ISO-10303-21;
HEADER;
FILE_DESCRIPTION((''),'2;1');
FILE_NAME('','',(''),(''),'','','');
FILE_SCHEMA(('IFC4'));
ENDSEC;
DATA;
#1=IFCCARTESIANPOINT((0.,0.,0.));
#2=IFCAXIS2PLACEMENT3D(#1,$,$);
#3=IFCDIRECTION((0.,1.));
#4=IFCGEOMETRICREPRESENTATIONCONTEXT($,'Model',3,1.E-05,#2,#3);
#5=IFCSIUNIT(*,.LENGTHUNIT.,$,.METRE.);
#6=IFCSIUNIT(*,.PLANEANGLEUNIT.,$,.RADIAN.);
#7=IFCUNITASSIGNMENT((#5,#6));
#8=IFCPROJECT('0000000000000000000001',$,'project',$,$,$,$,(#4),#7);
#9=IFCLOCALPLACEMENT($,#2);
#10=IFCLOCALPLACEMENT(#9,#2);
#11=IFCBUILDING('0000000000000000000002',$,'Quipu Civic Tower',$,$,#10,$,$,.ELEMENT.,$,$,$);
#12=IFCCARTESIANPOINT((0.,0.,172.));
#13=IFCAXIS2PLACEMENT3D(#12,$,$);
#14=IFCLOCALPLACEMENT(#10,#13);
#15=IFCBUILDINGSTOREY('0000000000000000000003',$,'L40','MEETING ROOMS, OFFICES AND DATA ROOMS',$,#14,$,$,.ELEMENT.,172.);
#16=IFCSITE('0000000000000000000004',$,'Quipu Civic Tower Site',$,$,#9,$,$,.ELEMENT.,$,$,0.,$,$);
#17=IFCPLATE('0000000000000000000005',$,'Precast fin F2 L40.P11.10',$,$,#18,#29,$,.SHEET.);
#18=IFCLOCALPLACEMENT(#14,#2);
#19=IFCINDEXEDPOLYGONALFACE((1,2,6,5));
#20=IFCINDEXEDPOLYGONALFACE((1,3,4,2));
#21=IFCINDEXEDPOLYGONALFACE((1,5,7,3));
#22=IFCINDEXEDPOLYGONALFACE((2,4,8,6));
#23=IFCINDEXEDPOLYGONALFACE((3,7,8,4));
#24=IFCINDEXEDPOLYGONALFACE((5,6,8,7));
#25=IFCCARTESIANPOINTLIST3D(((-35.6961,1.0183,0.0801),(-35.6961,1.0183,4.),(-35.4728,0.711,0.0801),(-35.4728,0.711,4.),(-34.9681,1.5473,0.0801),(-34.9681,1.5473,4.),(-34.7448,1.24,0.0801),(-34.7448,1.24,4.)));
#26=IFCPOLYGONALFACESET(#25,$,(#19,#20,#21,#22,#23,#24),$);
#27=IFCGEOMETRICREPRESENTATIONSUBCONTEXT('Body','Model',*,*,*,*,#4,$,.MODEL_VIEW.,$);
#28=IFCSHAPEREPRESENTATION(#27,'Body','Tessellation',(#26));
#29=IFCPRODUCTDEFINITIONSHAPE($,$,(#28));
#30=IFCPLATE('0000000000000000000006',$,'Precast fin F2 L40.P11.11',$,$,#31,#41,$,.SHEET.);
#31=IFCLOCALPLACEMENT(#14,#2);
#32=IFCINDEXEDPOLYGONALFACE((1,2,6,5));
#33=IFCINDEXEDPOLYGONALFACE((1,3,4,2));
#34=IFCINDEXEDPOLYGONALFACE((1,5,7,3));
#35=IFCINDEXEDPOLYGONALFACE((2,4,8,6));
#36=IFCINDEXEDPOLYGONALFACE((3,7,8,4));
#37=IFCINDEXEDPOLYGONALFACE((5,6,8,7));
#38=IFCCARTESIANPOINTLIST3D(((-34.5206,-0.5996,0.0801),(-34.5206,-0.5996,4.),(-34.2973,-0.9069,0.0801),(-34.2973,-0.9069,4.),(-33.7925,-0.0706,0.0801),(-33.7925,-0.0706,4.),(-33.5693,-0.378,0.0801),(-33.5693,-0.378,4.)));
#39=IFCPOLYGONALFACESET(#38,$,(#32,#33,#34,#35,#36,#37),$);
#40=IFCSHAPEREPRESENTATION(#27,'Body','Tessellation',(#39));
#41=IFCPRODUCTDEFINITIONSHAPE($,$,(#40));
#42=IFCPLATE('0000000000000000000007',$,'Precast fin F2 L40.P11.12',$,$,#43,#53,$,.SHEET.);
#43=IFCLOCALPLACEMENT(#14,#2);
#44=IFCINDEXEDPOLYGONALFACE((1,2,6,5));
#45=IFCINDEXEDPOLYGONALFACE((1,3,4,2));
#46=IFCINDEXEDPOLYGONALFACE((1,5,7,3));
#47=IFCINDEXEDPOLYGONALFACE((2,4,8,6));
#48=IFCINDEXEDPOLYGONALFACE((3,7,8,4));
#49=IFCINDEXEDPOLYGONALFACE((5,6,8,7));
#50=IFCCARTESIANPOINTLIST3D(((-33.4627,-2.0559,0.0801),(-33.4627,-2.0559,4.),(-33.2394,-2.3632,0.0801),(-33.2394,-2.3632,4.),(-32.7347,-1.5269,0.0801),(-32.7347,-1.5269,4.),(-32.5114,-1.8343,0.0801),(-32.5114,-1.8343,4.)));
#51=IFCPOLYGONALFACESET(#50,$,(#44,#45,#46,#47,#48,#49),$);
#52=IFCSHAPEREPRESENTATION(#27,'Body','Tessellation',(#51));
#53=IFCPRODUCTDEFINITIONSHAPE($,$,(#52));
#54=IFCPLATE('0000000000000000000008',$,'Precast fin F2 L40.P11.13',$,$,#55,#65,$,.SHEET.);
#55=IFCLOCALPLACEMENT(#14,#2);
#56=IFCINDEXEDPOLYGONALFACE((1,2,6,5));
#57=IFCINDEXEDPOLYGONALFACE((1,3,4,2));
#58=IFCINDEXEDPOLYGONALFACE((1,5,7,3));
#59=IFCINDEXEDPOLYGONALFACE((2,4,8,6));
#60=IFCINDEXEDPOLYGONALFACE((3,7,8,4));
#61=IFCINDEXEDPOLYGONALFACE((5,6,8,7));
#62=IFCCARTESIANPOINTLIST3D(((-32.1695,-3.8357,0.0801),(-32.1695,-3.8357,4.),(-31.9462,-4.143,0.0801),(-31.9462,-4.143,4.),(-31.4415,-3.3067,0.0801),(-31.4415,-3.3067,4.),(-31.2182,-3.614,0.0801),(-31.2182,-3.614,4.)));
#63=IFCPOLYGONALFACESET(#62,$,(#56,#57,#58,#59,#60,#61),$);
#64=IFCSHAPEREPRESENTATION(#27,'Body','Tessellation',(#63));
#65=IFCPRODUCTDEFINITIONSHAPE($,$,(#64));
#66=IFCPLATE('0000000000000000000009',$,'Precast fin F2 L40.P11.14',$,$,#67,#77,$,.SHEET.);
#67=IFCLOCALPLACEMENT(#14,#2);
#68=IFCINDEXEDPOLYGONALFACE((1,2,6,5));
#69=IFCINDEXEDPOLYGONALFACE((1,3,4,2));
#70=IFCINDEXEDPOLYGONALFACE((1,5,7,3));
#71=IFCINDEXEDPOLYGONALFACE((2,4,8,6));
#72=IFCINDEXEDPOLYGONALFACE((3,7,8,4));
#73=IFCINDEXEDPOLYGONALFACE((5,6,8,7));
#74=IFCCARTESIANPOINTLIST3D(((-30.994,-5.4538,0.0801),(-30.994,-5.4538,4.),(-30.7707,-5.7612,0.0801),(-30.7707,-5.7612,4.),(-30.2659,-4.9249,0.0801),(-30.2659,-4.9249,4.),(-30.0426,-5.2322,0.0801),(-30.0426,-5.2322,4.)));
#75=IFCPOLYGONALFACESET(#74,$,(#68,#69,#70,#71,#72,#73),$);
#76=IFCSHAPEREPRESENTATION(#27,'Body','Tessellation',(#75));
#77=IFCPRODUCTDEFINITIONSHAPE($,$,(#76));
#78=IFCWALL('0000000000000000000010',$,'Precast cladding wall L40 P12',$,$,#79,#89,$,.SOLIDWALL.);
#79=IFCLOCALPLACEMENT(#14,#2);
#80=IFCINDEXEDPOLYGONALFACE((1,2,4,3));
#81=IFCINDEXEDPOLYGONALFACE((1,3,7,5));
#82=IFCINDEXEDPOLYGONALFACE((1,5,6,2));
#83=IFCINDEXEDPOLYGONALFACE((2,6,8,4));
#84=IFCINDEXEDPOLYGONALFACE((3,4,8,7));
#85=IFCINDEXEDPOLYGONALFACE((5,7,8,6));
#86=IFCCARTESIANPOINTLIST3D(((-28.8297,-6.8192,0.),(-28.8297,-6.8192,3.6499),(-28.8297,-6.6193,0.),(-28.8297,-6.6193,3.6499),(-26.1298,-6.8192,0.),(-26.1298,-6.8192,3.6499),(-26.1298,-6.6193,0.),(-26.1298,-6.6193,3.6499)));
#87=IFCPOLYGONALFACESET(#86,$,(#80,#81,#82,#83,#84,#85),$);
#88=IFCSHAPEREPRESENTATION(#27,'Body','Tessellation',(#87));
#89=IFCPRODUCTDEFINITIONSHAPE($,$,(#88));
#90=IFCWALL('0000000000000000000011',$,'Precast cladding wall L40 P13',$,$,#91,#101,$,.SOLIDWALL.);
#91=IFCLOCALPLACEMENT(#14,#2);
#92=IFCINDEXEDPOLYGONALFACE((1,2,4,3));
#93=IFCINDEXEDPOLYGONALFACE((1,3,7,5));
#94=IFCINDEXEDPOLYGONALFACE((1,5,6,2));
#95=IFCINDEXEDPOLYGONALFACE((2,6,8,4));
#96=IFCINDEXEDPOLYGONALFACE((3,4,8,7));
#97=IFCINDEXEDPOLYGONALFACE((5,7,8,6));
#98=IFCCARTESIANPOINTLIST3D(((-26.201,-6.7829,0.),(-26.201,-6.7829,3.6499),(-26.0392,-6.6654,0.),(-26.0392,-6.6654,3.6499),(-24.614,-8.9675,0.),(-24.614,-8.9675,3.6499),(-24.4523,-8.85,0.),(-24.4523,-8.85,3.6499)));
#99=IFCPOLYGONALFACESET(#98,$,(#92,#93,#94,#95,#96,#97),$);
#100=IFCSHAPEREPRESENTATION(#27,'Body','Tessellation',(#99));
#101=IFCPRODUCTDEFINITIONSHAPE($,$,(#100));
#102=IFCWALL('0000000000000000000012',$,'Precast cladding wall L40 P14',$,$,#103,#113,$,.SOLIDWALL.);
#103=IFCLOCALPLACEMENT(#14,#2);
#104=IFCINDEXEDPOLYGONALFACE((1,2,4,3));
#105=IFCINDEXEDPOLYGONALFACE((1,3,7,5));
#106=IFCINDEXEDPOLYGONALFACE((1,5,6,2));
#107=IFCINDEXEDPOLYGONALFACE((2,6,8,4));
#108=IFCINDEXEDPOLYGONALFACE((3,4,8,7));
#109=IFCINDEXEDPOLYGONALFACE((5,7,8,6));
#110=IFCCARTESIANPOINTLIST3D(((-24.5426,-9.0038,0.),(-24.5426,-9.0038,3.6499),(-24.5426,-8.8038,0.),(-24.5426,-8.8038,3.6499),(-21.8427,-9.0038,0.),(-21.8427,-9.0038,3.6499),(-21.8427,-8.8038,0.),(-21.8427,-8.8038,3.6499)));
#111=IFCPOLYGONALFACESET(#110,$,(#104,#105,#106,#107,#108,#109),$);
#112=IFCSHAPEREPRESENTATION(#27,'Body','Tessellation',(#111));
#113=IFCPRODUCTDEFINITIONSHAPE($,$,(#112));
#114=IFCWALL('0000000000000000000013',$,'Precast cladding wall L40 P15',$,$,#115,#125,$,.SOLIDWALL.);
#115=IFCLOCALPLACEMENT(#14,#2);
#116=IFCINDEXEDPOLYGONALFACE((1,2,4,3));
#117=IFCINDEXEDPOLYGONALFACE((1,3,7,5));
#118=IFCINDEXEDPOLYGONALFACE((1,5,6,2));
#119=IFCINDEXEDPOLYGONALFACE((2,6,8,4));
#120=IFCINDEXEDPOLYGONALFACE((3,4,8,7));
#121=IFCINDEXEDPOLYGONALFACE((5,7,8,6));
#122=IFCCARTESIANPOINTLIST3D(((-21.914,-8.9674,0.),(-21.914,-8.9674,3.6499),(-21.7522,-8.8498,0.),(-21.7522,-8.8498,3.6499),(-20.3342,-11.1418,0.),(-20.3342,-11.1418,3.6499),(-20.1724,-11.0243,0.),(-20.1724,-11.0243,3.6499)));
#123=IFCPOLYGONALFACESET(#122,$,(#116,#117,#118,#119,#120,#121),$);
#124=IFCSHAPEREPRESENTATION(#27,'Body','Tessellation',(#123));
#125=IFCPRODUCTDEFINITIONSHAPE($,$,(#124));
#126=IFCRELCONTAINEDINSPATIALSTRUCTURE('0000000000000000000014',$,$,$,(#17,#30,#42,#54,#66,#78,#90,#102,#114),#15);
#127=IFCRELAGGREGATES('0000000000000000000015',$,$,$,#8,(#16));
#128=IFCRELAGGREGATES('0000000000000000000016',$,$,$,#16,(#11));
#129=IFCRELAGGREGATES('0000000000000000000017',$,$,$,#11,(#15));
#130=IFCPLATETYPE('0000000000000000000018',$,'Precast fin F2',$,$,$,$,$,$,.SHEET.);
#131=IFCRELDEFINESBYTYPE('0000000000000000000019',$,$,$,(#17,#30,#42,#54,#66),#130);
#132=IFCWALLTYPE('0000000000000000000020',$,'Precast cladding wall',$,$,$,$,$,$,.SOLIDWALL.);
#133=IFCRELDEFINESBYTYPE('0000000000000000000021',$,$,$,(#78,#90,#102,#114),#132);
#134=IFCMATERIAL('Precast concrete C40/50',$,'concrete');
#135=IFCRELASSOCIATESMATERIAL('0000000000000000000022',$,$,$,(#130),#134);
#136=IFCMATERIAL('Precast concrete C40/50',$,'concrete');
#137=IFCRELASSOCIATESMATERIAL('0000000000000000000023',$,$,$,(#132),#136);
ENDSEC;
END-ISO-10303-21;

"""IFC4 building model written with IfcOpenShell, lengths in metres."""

from ifc_helpers import new_model, si_unit, direction, frame, frame_2d, origin, origin_2d, place, context, subcontext, project, spatial, rectangle, extrude, material, type_object, element, save


model = new_model("IFC4")

# Units and contexts
model_context = context("Model", 3, precision=1e-05, world=origin(), true_north=direction((0.0, 1.0)))
body_context = subcontext(model_context, "Body", "Model", "MODEL_VIEW")
ifc_project = project(units=[si_unit("LENGTHUNIT", "METRE"), si_unit("PLANEANGLEUNIT", "RADIAN")], contexts=[model_context])

# Site, building, storey
site_placement = place(None, origin())
site = spatial("IfcSite", under=ifc_project, at=site_placement, Name="Quipu Civic Tower Site", CompositionType="ELEMENT", RefElevation=0.0)
building_placement = place(site_placement, origin())
building = spatial("IfcBuilding", under=site, at=building_placement, Name="Quipu Civic Tower", CompositionType="ELEMENT")
storey_placement = place(building_placement, frame((0.0, 0.0, 172.0)))
storey = spatial("IfcBuildingStorey", under=building, at=storey_placement, Name="L40", Description="MEETING ROOMS, OFFICES AND DATA ROOMS", CompositionType="ELEMENT", Elevation=172.0)

# Plates
ifc_material_1 = material(Name="Precast concrete C40/50", Category="concrete")
plate_type_1 = type_object("IfcPlateType", Name="Precast fin F2", PredefinedType="SHEET", material=ifc_material_1)
for number, where, z_axis, x_axis, name in (
    (1, (-35.2205, 1.1292, 0.0801), (0.0, 0.0, 1.0), (0.587786, -0.809017, 0.0), "Precast fin F2 L40.P11.10"),
    (2, (-34.0449, -0.4888, 0.0801), (0.0, 0.0, 1.0), (0.587786, -0.809017, 0.0), "Precast fin F2 L40.P11.11"),
    (3, (-32.9871, -1.9451, 0.0801), (0.0, 0.0, 1.0), (0.587786, -0.809017, 0.0), "Precast fin F2 L40.P11.12"),
    (4, (-31.6938, -3.7249, 0.0801), (0.0, 0.0, 1.0), (0.587786, -0.809017, 0.0), "Precast fin F2 L40.P11.13"),
    (5, (-30.5183, -5.343, 0.0801), (0.0, 0.0, 1.0), (0.587786, -0.809017, 0.0), "Precast fin F2 L40.P11.14"),
):
    element("IfcPlate", number, at=place(storey_placement, frame(where, z_axis=z_axis, x_axis=x_axis)), inside=storey, type_object=plate_type_1, Name=name, PredefinedType="SHEET", context=body_context, shape_type="SweptSolid", body=[
        extrude(rectangle(XDim=0.3799, YDim=0.8999, at=origin_2d()), origin(), (0.0, 0.0, 1.0), 3.9199),
    ])

# Walls
ifc_material_2 = material(Name="Precast concrete C40/50", Category="concrete")
wall_type = type_object("IfcWallType", Name="Precast cladding wall", PredefinedType="SOLIDWALL", material=ifc_material_2)
wall_1_placement = place(storey_placement, frame((-28.8298, -6.7192, 0.0), z_axis=(0.0, 0.0, 1.0), x_axis=(1.0, 0.0, 0.0)))
element("IfcWall", 6, at=wall_1_placement, inside=storey, type_object=wall_type, Name="Precast cladding wall L40 P12", PredefinedType="SOLIDWALL", context=body_context, shape_type="SweptSolid", body=[
    extrude(rectangle(XDim=2.7, YDim=0.2, at=frame_2d((1.3501, 0.0))), origin(), (0.0, 0.0, 1.0), 3.6499),
])
wall_2_placement = place(storey_placement, frame((-26.1201, -6.7241, 0.0), z_axis=(0.0, 0.0, 1.0), x_axis=(0.58772, -0.809064, 0.0)))
element("IfcWall", 7, at=wall_2_placement, inside=storey, type_object=wall_type, Name="Precast cladding wall L40 P13", PredefinedType="SOLIDWALL", context=body_context, shape_type="SweptSolid", body=[
    extrude(rectangle(XDim=2.7002, YDim=0.2, at=frame_2d((1.3501, 0.0))), origin(), (0.0, 0.0, 1.0), 3.6499),
])
wall_3_placement = place(storey_placement, frame((-24.5427, -8.9038, 0.0), z_axis=(0.0, 0.0, 1.0), x_axis=(1.0, 0.0, 0.0)))
element("IfcWall", 8, at=wall_3_placement, inside=storey, type_object=wall_type, Name="Precast cladding wall L40 P14", PredefinedType="SOLIDWALL", context=body_context, shape_type="SweptSolid", body=[
    extrude(rectangle(XDim=2.7, YDim=0.2, at=frame_2d((1.3501, 0.0))), origin(), (0.0, 0.0, 1.0), 3.6499),
])
wall_4_placement = place(storey_placement, frame((-21.833, -8.9087, 0.0), z_axis=(0.0, 0.0, 1.0), x_axis=(0.587767, -0.809031, 0.0)))
element("IfcWall", 9, at=wall_4_placement, inside=storey, type_object=wall_type, Name="Precast cladding wall L40 P15", PredefinedType="SOLIDWALL", context=body_context, shape_type="SweptSolid", body=[
    extrude(rectangle(XDim=2.6877, YDim=0.2, at=frame_2d((1.3438, 0.0))), origin(), (0.0, 0.0, 1.0), 3.6499),
])

save(model, "model.ifc")
